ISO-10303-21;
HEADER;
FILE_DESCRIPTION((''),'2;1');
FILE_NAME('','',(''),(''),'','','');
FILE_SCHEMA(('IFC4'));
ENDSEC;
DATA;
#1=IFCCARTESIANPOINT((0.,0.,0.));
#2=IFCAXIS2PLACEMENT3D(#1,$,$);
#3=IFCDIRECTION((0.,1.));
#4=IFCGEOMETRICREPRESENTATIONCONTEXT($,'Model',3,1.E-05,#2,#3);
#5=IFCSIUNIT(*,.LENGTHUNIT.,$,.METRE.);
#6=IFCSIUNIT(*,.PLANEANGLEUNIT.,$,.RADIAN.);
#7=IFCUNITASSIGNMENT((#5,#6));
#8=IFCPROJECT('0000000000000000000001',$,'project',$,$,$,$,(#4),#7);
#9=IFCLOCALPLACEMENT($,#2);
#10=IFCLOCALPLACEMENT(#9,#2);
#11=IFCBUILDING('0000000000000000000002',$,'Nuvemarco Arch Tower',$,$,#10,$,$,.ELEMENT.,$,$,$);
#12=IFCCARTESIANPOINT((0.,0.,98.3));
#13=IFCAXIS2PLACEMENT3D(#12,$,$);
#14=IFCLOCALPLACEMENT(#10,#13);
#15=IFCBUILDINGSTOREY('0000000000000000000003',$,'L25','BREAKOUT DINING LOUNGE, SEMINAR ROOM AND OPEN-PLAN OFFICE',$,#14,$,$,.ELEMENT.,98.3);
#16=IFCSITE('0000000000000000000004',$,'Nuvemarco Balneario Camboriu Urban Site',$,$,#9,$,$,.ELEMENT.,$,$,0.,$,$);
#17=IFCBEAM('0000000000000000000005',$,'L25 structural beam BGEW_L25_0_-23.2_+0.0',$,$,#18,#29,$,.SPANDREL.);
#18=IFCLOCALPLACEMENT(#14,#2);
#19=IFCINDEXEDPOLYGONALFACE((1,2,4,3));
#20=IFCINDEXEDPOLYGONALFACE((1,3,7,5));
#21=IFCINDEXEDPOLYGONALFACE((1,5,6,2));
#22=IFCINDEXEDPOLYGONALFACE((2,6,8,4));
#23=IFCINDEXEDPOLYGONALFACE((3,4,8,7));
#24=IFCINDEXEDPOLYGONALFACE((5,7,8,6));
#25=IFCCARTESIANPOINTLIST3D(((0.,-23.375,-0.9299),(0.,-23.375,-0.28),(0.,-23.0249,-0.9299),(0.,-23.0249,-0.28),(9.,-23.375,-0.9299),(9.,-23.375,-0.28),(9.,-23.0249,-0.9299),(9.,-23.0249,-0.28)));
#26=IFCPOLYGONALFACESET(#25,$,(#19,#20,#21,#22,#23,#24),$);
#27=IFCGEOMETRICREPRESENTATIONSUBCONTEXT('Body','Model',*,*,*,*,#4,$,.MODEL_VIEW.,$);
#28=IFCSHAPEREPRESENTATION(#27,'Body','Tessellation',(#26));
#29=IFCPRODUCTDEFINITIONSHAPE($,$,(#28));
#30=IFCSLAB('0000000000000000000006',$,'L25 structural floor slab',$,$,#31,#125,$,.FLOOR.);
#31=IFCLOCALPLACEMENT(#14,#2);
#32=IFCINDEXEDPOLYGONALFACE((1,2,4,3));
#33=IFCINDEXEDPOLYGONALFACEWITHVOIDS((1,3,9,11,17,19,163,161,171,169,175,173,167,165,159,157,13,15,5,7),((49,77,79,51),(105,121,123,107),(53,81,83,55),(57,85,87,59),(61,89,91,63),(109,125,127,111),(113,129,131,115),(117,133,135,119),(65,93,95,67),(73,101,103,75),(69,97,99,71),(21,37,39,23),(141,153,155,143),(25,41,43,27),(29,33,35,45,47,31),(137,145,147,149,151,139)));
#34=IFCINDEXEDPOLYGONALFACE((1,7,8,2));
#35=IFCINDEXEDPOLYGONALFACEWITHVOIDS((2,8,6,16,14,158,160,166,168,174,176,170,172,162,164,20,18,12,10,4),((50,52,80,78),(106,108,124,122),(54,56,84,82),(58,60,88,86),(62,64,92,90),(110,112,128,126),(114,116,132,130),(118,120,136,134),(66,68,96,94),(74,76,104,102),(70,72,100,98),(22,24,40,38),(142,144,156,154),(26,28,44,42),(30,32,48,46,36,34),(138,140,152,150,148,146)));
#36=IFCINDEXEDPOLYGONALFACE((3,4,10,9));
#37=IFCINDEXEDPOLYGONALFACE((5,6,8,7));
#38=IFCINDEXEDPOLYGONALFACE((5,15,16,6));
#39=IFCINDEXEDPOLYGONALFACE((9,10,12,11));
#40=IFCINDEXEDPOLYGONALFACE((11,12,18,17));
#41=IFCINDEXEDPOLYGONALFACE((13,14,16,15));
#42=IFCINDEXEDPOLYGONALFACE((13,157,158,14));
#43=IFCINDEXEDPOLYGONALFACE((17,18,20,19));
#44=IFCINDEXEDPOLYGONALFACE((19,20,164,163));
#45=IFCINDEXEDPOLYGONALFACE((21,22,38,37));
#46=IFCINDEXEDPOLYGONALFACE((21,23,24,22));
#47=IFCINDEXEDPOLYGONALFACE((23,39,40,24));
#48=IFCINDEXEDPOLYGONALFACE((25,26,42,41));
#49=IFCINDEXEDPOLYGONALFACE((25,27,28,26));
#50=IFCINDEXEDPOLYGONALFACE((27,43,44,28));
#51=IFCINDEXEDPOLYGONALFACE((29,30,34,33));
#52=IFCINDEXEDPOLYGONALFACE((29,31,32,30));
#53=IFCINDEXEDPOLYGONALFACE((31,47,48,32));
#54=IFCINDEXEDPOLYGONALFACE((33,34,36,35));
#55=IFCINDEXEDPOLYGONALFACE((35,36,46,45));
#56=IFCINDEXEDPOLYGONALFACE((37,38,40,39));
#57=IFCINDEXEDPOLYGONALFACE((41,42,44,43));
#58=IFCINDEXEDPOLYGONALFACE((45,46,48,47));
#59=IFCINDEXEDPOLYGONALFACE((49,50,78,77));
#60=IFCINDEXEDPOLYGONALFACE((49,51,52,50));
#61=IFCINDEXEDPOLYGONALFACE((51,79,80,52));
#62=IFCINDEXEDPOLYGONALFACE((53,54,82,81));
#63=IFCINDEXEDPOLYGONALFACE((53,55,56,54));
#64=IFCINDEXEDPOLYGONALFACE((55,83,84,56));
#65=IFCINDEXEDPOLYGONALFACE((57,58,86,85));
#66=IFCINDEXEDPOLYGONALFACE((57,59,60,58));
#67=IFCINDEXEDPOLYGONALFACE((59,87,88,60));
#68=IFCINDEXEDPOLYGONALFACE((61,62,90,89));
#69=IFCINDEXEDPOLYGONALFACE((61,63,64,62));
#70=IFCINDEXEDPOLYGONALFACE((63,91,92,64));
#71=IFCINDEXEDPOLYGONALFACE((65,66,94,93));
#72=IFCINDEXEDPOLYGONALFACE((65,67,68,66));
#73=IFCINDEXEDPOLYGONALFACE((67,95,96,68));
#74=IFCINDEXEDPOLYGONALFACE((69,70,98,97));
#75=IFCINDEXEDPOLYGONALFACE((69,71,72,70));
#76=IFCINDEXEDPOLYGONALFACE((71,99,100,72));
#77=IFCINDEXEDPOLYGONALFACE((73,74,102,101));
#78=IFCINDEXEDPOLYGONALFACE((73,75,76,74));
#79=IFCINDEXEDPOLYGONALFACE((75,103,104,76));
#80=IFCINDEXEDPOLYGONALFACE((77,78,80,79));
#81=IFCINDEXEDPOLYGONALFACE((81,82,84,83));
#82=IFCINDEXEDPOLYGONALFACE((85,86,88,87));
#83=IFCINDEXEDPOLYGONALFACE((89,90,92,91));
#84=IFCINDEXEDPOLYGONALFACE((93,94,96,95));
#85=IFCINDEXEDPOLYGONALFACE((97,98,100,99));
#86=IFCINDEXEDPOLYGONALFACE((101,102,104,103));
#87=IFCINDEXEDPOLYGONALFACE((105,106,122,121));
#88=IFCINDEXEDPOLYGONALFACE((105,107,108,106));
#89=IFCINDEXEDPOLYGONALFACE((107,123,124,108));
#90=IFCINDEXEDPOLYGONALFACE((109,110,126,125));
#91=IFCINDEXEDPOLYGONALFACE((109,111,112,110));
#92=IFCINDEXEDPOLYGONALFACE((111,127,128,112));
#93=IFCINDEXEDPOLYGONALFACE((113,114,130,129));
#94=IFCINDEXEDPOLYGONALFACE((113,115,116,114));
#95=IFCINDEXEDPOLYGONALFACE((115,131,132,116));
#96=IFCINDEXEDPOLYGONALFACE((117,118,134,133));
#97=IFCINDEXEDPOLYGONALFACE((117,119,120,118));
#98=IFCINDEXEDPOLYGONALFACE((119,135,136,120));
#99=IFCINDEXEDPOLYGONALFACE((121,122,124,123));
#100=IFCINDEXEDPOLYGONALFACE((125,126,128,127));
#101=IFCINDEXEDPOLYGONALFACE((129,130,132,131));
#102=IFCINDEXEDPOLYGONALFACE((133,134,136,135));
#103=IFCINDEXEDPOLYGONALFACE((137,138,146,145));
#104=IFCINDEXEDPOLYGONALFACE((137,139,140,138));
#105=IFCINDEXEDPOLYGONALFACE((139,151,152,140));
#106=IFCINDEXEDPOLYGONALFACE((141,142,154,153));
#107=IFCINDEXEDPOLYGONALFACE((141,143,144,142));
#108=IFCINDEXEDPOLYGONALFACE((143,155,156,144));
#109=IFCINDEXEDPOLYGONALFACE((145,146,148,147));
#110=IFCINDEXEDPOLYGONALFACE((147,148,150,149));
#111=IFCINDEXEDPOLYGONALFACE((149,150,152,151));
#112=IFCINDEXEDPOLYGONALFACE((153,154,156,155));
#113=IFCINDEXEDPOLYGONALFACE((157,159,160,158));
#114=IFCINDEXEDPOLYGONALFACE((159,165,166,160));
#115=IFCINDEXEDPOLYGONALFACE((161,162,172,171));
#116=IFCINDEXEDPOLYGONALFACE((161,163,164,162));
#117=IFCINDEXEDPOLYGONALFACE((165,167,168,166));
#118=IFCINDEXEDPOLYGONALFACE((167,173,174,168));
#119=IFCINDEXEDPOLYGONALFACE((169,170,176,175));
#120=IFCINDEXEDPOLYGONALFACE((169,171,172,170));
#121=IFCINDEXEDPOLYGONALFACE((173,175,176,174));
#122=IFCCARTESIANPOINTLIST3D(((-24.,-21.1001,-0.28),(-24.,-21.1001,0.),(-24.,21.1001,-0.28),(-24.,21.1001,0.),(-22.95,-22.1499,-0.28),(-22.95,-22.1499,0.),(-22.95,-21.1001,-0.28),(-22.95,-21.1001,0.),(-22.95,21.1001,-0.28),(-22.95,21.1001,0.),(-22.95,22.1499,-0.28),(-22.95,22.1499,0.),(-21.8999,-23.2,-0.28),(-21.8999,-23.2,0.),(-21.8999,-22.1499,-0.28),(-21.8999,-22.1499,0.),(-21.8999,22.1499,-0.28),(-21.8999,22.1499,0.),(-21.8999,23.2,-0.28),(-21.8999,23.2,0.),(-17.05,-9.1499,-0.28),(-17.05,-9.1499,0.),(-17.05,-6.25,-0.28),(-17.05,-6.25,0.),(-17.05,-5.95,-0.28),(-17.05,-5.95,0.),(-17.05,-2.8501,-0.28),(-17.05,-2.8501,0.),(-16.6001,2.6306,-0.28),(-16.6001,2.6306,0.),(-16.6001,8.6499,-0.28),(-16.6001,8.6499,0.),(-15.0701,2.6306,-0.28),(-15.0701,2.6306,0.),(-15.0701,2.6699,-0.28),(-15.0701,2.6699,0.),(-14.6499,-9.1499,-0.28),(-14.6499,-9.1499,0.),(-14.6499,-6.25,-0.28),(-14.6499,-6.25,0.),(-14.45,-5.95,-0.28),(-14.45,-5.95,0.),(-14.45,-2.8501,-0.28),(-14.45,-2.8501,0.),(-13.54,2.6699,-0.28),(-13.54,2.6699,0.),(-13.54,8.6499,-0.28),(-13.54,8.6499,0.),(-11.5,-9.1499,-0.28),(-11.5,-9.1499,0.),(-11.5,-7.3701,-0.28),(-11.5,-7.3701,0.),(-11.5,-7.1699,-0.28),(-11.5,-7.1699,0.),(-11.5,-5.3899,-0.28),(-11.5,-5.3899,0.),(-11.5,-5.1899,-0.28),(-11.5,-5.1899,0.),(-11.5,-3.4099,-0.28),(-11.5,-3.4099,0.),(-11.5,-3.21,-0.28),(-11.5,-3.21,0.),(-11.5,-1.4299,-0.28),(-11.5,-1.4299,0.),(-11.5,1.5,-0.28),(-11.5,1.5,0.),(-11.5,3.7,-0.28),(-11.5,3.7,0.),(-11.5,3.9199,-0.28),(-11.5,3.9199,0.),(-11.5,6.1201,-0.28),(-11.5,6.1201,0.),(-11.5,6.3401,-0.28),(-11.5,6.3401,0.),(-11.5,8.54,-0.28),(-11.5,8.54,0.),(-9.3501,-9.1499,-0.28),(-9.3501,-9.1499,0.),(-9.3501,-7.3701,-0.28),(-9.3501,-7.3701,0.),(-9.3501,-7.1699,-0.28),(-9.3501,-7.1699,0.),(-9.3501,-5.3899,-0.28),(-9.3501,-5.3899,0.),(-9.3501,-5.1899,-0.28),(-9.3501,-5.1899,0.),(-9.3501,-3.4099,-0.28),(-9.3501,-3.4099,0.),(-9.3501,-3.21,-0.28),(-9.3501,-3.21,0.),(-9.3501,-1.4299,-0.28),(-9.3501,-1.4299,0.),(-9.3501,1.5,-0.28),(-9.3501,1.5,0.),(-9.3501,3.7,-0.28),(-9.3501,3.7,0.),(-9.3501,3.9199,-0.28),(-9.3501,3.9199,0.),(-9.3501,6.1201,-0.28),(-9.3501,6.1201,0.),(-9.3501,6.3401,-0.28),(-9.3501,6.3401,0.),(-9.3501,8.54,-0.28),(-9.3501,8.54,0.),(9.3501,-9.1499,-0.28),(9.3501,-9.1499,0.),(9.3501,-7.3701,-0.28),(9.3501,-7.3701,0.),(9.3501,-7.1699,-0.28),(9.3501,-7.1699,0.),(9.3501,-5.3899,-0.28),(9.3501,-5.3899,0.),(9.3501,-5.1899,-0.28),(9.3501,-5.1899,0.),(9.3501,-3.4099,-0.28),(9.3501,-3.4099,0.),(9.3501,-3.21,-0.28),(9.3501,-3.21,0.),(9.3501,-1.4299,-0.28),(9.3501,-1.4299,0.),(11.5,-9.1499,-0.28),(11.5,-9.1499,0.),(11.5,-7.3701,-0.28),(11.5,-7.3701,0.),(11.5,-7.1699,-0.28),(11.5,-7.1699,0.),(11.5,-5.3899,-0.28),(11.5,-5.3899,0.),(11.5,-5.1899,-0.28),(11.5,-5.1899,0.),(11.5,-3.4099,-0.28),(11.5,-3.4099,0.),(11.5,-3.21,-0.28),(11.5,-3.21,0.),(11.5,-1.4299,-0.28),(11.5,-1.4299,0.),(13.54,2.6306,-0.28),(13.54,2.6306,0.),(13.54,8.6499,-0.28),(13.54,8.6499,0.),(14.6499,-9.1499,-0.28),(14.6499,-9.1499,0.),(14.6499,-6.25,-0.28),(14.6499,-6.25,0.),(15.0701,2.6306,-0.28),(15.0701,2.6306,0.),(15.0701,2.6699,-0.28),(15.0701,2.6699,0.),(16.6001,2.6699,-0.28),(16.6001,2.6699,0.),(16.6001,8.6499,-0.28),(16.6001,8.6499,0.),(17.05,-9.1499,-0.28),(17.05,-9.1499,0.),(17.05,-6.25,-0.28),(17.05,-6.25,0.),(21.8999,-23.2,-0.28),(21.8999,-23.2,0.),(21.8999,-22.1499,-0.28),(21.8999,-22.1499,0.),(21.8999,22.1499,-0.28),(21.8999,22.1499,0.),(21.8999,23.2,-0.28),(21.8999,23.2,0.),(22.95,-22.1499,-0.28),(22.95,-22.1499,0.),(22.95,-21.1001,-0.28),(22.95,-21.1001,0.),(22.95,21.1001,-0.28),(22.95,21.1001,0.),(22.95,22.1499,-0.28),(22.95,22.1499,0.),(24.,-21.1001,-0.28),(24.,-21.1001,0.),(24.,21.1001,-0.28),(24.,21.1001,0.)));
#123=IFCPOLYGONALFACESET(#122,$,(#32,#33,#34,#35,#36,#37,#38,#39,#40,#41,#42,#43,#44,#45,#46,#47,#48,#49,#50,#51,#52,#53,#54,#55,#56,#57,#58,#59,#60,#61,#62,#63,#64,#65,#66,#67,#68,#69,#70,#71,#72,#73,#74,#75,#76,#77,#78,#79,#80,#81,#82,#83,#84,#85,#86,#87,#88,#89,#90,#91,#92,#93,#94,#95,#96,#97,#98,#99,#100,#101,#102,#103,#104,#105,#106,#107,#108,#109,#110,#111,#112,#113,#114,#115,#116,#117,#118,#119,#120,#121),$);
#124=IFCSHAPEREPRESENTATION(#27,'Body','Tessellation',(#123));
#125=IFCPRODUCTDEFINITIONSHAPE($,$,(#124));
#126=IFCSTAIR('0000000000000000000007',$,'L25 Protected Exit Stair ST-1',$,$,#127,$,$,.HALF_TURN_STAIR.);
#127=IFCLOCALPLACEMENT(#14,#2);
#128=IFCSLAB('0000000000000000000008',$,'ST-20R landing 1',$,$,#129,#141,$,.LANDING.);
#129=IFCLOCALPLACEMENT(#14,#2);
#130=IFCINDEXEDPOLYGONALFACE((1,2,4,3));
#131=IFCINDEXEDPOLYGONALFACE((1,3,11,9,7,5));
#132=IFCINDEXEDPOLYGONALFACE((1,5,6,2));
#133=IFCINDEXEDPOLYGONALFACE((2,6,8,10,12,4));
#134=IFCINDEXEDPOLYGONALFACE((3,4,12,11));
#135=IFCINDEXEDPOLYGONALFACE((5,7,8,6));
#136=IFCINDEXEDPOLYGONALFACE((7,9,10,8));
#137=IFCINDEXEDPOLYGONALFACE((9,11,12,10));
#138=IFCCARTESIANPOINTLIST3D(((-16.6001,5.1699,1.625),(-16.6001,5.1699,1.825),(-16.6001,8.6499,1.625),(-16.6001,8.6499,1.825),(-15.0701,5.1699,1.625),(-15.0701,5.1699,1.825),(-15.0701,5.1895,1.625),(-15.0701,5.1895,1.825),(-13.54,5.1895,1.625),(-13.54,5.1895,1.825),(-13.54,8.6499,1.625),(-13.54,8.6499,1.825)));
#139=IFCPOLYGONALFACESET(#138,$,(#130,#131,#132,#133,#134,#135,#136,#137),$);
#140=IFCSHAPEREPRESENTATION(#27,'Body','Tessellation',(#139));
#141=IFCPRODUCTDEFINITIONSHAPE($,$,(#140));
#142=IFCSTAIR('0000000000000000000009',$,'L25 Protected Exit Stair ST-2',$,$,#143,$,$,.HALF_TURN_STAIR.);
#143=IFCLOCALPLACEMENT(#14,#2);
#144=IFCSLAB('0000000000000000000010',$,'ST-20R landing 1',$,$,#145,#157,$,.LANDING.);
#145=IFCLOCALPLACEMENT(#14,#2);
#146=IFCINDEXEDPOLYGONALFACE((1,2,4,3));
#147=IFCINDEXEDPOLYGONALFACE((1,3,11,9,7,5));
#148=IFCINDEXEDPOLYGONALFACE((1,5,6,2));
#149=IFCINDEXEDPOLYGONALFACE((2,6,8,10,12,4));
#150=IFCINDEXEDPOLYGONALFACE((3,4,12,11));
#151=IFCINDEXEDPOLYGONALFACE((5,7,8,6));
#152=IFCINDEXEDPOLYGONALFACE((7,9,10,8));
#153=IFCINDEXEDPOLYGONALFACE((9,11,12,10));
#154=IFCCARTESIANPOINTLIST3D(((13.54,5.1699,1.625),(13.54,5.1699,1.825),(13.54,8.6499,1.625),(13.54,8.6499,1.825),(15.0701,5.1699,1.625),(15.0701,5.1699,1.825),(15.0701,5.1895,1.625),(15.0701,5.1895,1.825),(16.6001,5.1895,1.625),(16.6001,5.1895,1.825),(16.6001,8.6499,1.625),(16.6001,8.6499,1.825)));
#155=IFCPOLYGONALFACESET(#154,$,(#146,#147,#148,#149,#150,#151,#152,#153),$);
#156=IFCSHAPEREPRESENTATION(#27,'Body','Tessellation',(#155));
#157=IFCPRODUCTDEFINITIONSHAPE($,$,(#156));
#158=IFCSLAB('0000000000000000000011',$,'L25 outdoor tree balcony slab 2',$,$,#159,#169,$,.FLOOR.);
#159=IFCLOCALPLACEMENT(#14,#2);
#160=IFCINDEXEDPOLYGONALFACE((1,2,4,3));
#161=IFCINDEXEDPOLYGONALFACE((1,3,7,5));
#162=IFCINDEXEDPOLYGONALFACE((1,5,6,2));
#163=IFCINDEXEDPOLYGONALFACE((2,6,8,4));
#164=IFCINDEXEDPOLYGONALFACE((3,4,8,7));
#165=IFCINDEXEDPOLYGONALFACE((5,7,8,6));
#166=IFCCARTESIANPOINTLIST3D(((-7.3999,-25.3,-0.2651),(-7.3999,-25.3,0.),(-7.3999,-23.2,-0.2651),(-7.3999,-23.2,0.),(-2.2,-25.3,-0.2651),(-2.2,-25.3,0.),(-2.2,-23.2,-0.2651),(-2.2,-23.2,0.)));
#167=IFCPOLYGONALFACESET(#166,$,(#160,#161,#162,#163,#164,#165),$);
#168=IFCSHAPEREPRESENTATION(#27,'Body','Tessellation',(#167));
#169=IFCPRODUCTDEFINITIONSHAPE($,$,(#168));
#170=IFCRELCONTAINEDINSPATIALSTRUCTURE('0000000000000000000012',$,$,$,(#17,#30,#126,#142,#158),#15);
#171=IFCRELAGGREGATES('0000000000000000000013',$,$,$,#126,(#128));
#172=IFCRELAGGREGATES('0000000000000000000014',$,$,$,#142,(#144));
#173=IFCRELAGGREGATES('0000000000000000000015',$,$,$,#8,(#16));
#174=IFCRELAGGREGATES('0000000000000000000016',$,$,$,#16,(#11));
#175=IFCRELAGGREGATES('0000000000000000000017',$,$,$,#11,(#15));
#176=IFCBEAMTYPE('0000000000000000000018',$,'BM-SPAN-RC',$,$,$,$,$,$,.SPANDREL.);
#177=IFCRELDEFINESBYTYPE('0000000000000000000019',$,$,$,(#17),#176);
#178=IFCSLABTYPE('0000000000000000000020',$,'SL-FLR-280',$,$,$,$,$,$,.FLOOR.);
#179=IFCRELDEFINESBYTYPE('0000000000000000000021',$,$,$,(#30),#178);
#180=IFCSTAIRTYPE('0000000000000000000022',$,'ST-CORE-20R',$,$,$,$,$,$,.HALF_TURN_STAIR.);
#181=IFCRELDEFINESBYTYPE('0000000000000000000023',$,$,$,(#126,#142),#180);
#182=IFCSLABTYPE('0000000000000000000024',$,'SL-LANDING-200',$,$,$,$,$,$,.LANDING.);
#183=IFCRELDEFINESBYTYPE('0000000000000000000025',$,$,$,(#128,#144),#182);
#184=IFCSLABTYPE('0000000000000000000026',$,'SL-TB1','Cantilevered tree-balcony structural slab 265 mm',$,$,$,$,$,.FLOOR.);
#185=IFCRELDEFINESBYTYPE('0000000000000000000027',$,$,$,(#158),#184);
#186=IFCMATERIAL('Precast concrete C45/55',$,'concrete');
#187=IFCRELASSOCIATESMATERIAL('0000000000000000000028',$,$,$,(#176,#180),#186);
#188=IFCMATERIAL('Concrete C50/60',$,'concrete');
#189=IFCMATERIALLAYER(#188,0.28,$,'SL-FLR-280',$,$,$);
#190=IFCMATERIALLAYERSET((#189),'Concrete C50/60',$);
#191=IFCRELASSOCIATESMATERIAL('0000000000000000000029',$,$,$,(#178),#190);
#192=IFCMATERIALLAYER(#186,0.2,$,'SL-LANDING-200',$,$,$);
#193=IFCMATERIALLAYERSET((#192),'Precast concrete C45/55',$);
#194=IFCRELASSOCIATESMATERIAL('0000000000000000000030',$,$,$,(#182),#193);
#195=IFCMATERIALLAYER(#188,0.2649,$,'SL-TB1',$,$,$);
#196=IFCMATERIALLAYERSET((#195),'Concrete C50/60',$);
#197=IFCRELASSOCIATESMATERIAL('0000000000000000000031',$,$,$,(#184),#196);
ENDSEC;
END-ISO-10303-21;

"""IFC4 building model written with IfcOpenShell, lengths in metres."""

from ifc_helpers import new_model, si_unit, direction, frame, origin, origin_2d, place, context, subcontext, project, spatial, polyline, rectangle, outline, extrude, material, layer, layer_set, material_profile, profile_set, type_object, element, aggregate, save


model = new_model("IFC4")

# Units and contexts
model_context = context("Model", 3, precision=1e-05, world=origin(), true_north=direction((0.0, 1.0)))
body_context = subcontext(model_context, "Body", "Model", "MODEL_VIEW")
ifc_project = project(units=[si_unit("LENGTHUNIT", "METRE"), si_unit("PLANEANGLEUNIT", "RADIAN")], contexts=[model_context])

# Site, building, storey
site_placement = place(None, origin())
site = spatial("IfcSite", under=ifc_project, at=site_placement, Name="Nuvemarco Balneario Camboriu Urban Site", CompositionType="ELEMENT", RefElevation=0.0)
building_placement = place(site_placement, origin())
building = spatial("IfcBuilding", under=site, at=building_placement, Name="Nuvemarco Arch Tower", CompositionType="ELEMENT")
storey_placement = place(building_placement, frame((0.0, 0.0, 98.3)))
storey = spatial("IfcBuildingStorey", under=building, at=storey_placement, Name="L25", Description="BREAKOUT DINING LOUNGE, SEMINAR ROOM AND OPEN-PLAN OFFICE", CompositionType="ELEMENT", Elevation=98.3)

# Beam
ifc_material_1 = material(Name="Precast concrete C45/55", Category="concrete")
ifc_material_profile_1 = material_profile(ifc_material_1, rectangle(XDim=0.3501, YDim=0.6499, at=origin_2d()), Name="PC-SP-350x650")
ifc_profile_set_1 = profile_set([ifc_material_profile_1], Name="Precast concrete C45/55")
beam_type_1 = type_object("IfcBeamType", Name="BM-SPAN-RC", PredefinedType="SPANDREL", material=ifc_profile_set_1)
beam_1_placement = place(storey_placement, frame((0.0, -23.2, -0.605), z_axis=(1.0, 0.0, 0.0), x_axis=(0.0, 1.0, 0.0)))
element("IfcBeam", 1, at=beam_1_placement, inside=storey, type_object=beam_type_1, Name="L25 structural beam BGEW_L25_0_-23.2_+0.0", PredefinedType="SPANDREL", context=body_context, shape_type="SweptSolid", body=[
    extrude(rectangle(XDim=0.3501, YDim=0.6499, at=origin_2d()), origin(), (0.0, 0.0, 1.0), 9.0),
])

# Slab
ifc_material_2 = material(Name="Concrete C50/60", Category="concrete")
ifc_layer_1 = layer(ifc_material_2, 0.28, Name="SL-FLR-280")
ifc_layer_set_1 = layer_set([ifc_layer_1], Name="Concrete C50/60")
slab_type_1 = type_object("IfcSlabType", Name="SL-FLR-280", PredefinedType="FLOOR", material=ifc_layer_set_1)
slab_1_placement = place(storey_placement, frame((0.0, 0.0, -0.28)))
element("IfcSlab", 2, at=slab_1_placement, inside=storey, type_object=slab_type_1, Name="L25 structural floor slab", PredefinedType="FLOOR", context=body_context, shape_type="SweptSolid", body=[
    extrude(outline(polyline([(-21.8999, -23.2), (21.8999, -23.2), (21.8999, -22.1499), (22.95, -22.1499), (22.95, -21.1001), (24.0, -21.1001), (24.0, 21.1001), (22.95, 21.1001), (22.95, 22.1499), (21.8999, 22.1499), (21.8999, 23.2), (-21.8999, 23.2), (-21.8999, 22.1499), (-22.95, 22.1499), (-22.95, 21.1001), (-24.0, 21.1001), (-24.0, -21.1001), (-22.95, -21.1001), (-22.95, -22.1499), (-21.8999, -22.1499), (-21.8999, -23.2)]), holes=[polyline([(-13.54, 2.6699), (-13.54, 8.6499), (-16.6001, 8.6499), (-16.6001, 2.6306), (-15.0701, 2.6306), (-15.0701, 2.6699), (-13.54, 2.6699)]), polyline([(16.6001, 2.6699), (16.6001, 8.6499), (13.54, 8.6499), (13.54, 2.6306), (15.0701, 2.6306), (15.0701, 2.6699), (16.6001, 2.6699)]), polyline([(-17.05, -9.1499), (-14.6499, -9.1499), (-14.6499, -6.25), (-17.05, -6.25), (-17.05, -9.1499)]), polyline([(-17.05, -5.95), (-14.45, -5.95), (-14.45, -2.8501), (-17.05, -2.8501), (-17.05, -5.95)]), polyline([(-11.5, -9.1499), (-9.3501, -9.1499), (-9.3501, -7.3701), (-11.5, -7.3701), (-11.5, -9.1499)]), polyline([(-11.5, -7.1699), (-9.3501, -7.1699), (-9.3501, -5.3899), (-11.5, -5.3899), (-11.5, -7.1699)]), polyline([(-11.5, -5.1899), (-9.3501, -5.1899), (-9.3501, -3.4099), (-11.5, -3.4099), (-11.5, -5.1899)]), polyline([(-11.5, -3.21), (-9.3501, -3.21), (-9.3501, -1.4299), (-11.5, -1.4299), (-11.5, -3.21)]), polyline([(-11.5, 1.5), (-9.3501, 1.5), (-9.3501, 3.7), (-11.5, 3.7), (-11.5, 1.5)]), polyline([(-11.5, 3.9199), (-9.3501, 3.9199), (-9.3501, 6.1201), (-11.5, 6.1201), (-11.5, 3.9199)]), polyline([(-11.5, 6.3401), (-9.3501, 6.3401), (-9.3501, 8.54), (-11.5, 8.54), (-11.5, 6.3401)]), polyline([(14.6499, -9.1499), (17.05, -9.1499), (17.05, -6.25), (14.6499, -6.25), (14.6499, -9.1499)]), polyline([(9.3501, -9.1499), (11.5, -9.1499), (11.5, -7.3701), (9.3501, -7.3701), (9.3501, -9.1499)]), polyline([(9.3501, -7.1699), (11.5, -7.1699), (11.5, -5.3899), (9.3501, -5.3899), (9.3501, -7.1699)]), polyline([(9.3501, -5.1899), (11.5, -5.1899), (11.5, -3.4099), (9.3501, -3.4099), (9.3501, -5.1899)]), polyline([(9.3501, -3.21), (11.5, -3.21), (11.5, -1.4299), (9.3501, -1.4299), (9.3501, -3.21)])]), origin(), (0.0, 0.0, 1.0), 0.28),
])

# Stairs, slabs
stair_type = type_object("IfcStairType", Name="ST-CORE-20R", PredefinedType="HALF_TURN_STAIR", material=ifc_material_1)
stair_1_placement = place(storey_placement, origin())
stair_1 = element("IfcStair", 3, at=stair_1_placement, inside=storey, type_object=stair_type, Name="L25 Protected Exit Stair ST-1", PredefinedType="HALF_TURN_STAIR")
ifc_layer_2 = layer(ifc_material_1, 0.2, Name="SL-LANDING-200")
ifc_layer_set_2 = layer_set([ifc_layer_2], Name="Precast concrete C45/55")
slab_type_2 = type_object("IfcSlabType", Name="SL-LANDING-200", PredefinedType="LANDING", material=ifc_layer_set_2)
slab_2_placement = place(storey_placement, frame((0.0, 0.0, 1.625)))
slab_2 = element("IfcSlab", 4, at=slab_2_placement, type_object=slab_type_2, Name="ST-20R landing 1", PredefinedType="LANDING", context=body_context, shape_type="SweptSolid", body=[
    extrude(outline(polyline([(-13.54, 5.1895), (-13.54, 8.6499), (-16.6001, 8.6499), (-16.6001, 5.1699), (-15.0701, 5.1699), (-15.0701, 5.1895), (-13.54, 5.1895)])), origin(), (0.0, 0.0, 1.0), 0.2),
])
aggregate(stair_1, [slab_2])
stair_2_placement = place(storey_placement, origin())
stair_2 = element("IfcStair", 5, at=stair_2_placement, inside=storey, type_object=stair_type, Name="L25 Protected Exit Stair ST-2", PredefinedType="HALF_TURN_STAIR")
slab_3_placement = place(storey_placement, frame((0.0, 0.0, 1.625)))
slab_3 = element("IfcSlab", 6, at=slab_3_placement, type_object=slab_type_2, Name="ST-20R landing 1", PredefinedType="LANDING", context=body_context, shape_type="SweptSolid", body=[
    extrude(outline(polyline([(16.6001, 5.1895), (16.6001, 8.6499), (13.54, 8.6499), (13.54, 5.1699), (15.0701, 5.1699), (15.0701, 5.1895), (16.6001, 5.1895)])), origin(), (0.0, 0.0, 1.0), 0.2),
])
aggregate(stair_2, [slab_3])

# Slab
ifc_layer_3 = layer(ifc_material_2, 0.2649, Name="SL-TB1")
ifc_layer_set_3 = layer_set([ifc_layer_3], Name="Concrete C50/60")
slab_type_3 = type_object("IfcSlabType", Name="SL-TB1", Description="Cantilevered tree-balcony structural slab 265 mm", PredefinedType="FLOOR", material=ifc_layer_set_3)
slab_4_placement = place(storey_placement, frame((0.0, 0.0, -0.2651)))
element("IfcSlab", 7, at=slab_4_placement, inside=storey, type_object=slab_type_3, Name="L25 outdoor tree balcony slab 2", PredefinedType="FLOOR", context=body_context, shape_type="SweptSolid", body=[
    extrude(outline(polyline([(-7.3999, -25.3), (-2.2, -25.3), (-2.2, -23.2), (-7.3999, -23.2), (-7.3999, -25.3)])), origin(), (0.0, 0.0, 1.0), 0.2651),
])

save(model, "model.ifc")
